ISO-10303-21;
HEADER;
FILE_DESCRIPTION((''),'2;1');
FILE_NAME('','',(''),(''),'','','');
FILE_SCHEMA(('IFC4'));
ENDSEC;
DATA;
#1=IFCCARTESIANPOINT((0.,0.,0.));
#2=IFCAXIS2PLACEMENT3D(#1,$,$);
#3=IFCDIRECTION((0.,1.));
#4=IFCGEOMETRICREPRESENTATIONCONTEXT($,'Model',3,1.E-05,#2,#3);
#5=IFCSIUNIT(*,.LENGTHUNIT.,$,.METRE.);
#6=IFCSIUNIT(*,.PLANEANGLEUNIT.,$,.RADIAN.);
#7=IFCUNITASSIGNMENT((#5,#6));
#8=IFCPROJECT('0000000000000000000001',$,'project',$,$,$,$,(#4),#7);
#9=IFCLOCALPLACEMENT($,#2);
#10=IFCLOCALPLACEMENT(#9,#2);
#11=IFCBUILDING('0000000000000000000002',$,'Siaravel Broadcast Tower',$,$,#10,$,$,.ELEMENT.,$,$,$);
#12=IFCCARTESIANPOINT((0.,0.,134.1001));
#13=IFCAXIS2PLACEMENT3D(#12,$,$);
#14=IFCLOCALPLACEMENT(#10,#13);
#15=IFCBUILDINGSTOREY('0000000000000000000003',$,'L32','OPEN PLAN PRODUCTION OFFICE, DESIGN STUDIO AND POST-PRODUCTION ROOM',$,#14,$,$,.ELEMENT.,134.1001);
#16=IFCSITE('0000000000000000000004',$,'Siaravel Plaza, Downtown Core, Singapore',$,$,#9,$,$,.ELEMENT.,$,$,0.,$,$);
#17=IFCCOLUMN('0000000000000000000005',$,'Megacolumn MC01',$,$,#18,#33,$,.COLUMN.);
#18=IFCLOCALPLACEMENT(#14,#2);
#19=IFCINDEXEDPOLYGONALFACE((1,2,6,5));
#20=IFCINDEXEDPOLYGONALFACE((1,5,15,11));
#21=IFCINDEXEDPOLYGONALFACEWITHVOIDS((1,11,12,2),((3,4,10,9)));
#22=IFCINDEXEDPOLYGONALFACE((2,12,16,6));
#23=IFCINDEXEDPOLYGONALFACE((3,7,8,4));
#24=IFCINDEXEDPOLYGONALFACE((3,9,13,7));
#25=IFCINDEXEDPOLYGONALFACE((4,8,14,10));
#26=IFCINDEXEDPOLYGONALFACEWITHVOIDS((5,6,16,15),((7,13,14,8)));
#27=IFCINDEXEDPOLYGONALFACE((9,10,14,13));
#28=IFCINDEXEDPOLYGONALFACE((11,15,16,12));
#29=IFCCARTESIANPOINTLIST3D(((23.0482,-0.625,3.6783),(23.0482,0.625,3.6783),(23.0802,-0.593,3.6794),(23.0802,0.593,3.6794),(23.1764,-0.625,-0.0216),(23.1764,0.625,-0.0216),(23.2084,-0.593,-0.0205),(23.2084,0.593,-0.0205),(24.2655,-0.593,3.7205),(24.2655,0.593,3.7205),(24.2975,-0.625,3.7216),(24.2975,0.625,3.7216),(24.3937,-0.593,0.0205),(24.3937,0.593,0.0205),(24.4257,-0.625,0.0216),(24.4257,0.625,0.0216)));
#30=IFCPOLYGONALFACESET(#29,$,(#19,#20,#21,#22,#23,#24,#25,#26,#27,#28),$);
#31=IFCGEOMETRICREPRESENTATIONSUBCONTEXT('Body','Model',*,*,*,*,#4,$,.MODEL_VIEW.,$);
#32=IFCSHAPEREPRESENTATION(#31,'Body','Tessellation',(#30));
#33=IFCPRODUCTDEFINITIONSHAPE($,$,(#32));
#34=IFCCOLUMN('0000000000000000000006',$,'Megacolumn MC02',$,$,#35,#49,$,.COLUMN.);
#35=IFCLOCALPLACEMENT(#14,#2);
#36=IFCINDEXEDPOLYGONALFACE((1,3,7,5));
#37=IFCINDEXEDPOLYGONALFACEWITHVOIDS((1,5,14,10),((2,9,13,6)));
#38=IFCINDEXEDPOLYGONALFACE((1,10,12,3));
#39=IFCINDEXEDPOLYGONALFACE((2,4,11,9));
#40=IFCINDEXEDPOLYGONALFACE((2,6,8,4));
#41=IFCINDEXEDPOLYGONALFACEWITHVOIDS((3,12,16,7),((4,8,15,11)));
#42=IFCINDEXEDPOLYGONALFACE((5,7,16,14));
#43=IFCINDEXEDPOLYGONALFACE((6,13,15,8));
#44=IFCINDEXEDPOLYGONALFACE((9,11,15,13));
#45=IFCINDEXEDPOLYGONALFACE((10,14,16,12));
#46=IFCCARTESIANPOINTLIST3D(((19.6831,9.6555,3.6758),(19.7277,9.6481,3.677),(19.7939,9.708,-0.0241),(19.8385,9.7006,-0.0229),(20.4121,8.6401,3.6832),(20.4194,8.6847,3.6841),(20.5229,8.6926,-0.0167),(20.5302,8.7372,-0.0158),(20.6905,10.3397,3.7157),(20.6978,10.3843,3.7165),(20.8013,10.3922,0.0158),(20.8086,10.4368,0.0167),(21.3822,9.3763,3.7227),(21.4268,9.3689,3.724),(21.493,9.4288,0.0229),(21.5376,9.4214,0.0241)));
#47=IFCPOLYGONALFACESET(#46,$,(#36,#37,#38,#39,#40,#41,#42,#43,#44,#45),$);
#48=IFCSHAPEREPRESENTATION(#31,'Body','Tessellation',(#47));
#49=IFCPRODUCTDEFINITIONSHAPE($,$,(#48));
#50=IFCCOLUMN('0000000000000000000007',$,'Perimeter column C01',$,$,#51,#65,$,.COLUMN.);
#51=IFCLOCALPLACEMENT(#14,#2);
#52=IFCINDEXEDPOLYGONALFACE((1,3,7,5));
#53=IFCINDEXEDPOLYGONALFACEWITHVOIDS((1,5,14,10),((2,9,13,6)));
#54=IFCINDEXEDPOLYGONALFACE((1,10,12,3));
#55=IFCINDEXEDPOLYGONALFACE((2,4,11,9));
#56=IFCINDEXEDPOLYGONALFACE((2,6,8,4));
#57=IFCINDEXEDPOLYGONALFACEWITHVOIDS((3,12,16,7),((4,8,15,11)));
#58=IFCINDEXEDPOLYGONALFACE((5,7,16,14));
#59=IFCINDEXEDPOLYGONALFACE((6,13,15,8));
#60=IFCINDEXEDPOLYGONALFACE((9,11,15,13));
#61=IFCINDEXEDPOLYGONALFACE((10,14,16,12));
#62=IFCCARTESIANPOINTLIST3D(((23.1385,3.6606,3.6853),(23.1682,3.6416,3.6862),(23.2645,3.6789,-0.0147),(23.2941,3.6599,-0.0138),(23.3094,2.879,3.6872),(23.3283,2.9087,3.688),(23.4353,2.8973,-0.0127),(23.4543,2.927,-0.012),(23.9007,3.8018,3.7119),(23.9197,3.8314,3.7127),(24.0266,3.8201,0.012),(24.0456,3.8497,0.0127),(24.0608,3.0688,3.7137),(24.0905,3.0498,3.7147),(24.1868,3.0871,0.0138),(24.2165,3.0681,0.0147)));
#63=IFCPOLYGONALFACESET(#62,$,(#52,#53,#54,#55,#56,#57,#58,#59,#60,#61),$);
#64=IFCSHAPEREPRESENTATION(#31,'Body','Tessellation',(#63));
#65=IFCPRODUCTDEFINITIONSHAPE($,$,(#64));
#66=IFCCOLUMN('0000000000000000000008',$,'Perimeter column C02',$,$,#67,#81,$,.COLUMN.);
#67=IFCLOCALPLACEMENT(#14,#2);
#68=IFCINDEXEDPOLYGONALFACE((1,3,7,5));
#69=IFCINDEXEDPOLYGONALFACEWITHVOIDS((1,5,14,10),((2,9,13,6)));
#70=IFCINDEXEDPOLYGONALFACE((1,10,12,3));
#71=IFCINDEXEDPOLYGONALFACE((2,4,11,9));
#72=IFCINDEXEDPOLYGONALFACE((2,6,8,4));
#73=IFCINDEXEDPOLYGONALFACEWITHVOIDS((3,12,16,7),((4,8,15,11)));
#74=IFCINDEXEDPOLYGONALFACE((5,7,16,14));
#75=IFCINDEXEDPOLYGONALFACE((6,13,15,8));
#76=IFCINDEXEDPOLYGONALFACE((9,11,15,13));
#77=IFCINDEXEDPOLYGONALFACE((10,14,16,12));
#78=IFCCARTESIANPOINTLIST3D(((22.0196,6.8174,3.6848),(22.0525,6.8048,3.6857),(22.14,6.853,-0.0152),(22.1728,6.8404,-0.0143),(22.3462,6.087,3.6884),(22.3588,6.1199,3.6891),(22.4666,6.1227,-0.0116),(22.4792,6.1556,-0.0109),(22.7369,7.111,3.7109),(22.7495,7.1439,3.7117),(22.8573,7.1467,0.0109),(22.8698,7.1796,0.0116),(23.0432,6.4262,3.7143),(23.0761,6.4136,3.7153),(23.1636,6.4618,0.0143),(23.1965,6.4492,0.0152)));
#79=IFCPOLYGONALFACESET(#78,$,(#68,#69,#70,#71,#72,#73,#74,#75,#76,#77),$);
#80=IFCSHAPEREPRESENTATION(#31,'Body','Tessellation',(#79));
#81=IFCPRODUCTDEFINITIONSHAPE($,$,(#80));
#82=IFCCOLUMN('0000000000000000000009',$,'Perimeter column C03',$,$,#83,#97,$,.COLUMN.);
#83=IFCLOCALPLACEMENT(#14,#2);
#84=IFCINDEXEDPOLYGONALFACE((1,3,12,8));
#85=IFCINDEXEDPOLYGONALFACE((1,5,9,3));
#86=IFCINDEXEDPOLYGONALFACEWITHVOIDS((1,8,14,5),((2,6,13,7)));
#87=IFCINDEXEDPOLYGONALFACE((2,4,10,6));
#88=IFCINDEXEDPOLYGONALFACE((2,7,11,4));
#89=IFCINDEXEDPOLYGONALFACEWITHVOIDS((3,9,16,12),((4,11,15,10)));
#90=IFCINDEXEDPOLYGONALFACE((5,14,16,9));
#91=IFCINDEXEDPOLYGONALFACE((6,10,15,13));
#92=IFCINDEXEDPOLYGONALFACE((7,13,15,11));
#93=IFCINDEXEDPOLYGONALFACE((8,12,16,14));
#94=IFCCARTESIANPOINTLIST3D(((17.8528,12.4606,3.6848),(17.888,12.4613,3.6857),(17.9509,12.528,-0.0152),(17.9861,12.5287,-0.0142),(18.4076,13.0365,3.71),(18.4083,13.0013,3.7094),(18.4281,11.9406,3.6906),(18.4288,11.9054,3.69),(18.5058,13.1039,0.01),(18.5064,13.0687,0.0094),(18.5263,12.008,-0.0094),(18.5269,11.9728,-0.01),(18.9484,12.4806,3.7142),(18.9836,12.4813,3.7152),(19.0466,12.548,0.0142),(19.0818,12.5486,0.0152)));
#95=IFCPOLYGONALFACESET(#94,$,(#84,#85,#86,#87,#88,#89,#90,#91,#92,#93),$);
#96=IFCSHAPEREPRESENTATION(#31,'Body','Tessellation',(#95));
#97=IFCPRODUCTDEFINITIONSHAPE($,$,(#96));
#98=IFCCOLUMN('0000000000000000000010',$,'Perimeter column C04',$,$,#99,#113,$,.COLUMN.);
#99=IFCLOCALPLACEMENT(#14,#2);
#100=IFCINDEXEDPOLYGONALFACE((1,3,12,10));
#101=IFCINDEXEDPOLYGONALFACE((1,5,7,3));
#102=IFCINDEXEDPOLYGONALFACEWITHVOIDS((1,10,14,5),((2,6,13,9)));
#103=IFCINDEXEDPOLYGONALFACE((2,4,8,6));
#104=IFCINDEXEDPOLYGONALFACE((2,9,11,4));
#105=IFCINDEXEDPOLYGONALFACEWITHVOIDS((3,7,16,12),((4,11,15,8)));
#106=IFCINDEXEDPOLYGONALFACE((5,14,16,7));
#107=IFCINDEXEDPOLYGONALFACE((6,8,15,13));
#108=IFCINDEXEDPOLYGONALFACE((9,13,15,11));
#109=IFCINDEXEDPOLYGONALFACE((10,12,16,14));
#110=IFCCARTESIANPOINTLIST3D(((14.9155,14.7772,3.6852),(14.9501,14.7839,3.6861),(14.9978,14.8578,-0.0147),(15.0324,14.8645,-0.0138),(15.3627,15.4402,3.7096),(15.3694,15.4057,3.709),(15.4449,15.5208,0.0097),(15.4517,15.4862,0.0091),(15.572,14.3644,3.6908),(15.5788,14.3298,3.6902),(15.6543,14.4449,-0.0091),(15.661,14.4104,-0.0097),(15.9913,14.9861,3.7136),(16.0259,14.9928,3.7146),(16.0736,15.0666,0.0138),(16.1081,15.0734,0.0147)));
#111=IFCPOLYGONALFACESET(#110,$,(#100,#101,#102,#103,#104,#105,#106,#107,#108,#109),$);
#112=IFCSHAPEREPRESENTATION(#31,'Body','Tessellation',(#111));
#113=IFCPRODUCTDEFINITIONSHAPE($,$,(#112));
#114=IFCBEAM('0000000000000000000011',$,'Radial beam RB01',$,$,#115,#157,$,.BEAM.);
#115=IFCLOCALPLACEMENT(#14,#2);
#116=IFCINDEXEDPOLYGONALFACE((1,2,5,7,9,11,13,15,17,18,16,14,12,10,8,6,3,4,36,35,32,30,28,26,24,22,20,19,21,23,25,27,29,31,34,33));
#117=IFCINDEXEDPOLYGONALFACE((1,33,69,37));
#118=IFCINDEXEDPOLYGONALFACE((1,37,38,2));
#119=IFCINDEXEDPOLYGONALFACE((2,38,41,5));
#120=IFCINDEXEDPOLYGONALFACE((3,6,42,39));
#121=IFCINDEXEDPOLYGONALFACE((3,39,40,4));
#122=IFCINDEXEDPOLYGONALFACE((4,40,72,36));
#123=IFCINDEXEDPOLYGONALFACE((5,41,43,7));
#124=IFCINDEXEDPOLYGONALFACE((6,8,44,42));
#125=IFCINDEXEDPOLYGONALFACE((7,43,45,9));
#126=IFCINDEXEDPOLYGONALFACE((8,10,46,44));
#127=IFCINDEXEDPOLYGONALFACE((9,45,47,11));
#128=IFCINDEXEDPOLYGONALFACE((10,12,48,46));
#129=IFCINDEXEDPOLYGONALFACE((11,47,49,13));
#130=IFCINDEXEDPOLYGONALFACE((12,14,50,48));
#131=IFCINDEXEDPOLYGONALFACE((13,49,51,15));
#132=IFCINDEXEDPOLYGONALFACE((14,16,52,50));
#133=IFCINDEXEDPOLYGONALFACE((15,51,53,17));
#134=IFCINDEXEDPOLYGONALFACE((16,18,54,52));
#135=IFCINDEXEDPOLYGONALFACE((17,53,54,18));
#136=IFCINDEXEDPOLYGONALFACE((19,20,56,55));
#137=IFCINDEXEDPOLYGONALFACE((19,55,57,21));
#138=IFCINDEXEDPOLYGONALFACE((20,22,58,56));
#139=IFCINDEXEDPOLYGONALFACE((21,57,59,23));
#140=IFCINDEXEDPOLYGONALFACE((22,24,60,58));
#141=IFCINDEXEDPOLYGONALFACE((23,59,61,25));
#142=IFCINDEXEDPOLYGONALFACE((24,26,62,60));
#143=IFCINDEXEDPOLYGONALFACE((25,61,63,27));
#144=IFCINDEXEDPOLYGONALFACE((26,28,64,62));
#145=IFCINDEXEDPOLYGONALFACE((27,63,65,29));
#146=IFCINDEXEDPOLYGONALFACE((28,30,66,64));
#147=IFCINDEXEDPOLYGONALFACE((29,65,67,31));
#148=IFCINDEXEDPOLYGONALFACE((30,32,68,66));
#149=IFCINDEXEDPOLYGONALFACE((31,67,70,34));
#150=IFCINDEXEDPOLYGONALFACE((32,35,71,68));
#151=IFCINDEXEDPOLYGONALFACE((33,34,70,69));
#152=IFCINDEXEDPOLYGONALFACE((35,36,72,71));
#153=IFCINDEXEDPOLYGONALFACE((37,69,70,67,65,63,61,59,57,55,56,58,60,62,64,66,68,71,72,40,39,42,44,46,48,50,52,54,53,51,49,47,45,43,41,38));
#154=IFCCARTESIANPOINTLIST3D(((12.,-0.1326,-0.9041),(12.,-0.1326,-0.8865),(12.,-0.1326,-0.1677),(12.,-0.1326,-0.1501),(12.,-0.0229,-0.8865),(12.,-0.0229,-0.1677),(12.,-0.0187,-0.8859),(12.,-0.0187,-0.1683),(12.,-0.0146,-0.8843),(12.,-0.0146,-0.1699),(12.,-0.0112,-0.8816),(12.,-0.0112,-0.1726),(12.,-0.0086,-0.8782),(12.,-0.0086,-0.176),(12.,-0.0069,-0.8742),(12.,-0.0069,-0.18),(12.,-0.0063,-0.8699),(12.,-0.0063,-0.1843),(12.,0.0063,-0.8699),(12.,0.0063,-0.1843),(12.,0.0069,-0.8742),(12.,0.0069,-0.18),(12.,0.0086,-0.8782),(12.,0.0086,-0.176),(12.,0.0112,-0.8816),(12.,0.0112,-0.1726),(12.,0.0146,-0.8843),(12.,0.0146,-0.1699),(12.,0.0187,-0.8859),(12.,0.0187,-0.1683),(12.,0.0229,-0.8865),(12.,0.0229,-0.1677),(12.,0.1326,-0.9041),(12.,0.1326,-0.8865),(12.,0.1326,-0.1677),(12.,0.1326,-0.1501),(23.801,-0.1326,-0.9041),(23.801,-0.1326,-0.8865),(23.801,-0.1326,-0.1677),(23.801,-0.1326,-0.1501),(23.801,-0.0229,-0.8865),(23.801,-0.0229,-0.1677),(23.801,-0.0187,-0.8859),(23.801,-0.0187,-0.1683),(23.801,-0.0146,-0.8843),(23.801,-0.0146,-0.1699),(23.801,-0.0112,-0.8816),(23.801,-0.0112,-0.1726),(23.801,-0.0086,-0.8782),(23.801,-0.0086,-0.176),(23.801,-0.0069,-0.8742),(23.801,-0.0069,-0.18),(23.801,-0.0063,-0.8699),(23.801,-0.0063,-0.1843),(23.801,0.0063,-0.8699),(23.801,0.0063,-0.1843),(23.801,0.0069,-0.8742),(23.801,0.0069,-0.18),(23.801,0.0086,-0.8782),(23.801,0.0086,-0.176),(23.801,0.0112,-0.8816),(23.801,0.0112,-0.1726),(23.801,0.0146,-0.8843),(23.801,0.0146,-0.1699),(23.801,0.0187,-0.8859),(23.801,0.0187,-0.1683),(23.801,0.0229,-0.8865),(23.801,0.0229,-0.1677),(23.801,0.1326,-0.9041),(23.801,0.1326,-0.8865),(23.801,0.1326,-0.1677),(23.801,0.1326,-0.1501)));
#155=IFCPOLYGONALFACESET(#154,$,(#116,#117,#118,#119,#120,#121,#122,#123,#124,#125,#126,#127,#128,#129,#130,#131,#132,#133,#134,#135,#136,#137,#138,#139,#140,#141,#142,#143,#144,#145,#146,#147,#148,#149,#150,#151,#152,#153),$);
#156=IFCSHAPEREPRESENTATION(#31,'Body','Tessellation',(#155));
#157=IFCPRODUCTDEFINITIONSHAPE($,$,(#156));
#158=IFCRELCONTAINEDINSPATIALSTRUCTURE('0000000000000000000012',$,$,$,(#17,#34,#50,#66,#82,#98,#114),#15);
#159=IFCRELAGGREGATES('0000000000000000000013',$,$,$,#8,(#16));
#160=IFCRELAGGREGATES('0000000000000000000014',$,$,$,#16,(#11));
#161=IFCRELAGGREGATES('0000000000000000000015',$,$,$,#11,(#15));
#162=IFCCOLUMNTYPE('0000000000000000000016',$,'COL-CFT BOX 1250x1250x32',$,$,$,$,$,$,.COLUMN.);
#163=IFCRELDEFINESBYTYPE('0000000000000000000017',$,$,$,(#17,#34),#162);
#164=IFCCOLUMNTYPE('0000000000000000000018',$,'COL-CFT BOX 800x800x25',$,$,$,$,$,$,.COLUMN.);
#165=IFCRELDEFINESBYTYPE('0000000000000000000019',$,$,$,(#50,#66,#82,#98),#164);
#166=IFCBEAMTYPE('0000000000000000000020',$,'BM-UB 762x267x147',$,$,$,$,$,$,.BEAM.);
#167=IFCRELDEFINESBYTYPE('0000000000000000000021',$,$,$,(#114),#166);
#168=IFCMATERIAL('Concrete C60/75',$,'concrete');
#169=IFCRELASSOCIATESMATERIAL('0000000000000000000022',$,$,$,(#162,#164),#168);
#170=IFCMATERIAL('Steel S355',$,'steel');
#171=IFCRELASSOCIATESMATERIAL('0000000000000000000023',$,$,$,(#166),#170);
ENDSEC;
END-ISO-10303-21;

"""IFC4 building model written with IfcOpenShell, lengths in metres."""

from ifc_helpers import new_model, si_unit, direction, frame, origin, origin_2d, place, context, subcontext, project, spatial, hollow_rectangle, i_section, extrude, material, material_profile, profile_set, type_object, element, save


model = new_model("IFC4")

# Units and contexts
model_context = context("Model", 3, precision=1e-05, world=origin(), true_north=direction((0.0, 1.0)))
body_context = subcontext(model_context, "Body", "Model", "MODEL_VIEW")
ifc_project = project(units=[si_unit("LENGTHUNIT", "METRE"), si_unit("PLANEANGLEUNIT", "RADIAN")], contexts=[model_context])

# Site, building, storey
site_placement = place(None, origin())
site = spatial("IfcSite", under=ifc_project, at=site_placement, Name="Siaravel Plaza, Downtown Core, Singapore", CompositionType="ELEMENT", RefElevation=0.0)
building_placement = place(site_placement, origin())
building = spatial("IfcBuilding", under=site, at=building_placement, Name="Siaravel Broadcast Tower", CompositionType="ELEMENT")
storey_placement = place(building_placement, frame((0.0, 0.0, 134.1001)))
storey = spatial("IfcBuildingStorey", under=building, at=storey_placement, Name="L32", Description="OPEN PLAN PRODUCTION OFFICE, DESIGN STUDIO AND POST-PRODUCTION ROOM", CompositionType="ELEMENT", Elevation=134.1001)

# Columns
ifc_material_1 = material(Name="Concrete C60/75", Category="concrete")
ifc_material_profile_1 = material_profile(ifc_material_1, hollow_rectangle(XDim=1.25, YDim=1.25, WallThickness=0.032, at=origin_2d()))
ifc_profile_set_1 = profile_set([ifc_material_profile_1], Name="Concrete C60/75")
column_type_1 = type_object("IfcColumnType", Name="COL-CFT BOX 1250x1250x32", PredefinedType="COLUMN", material=ifc_profile_set_1)
column_1_placement = place(storey_placement, frame((23.801, 0.0, 0.0), z_axis=(-0.034621, 0.0, 0.999401), x_axis=(0.0, -1.0, 0.0)))
element("IfcColumn", 1, at=column_1_placement, inside=storey, type_object=column_type_1, Name="Megacolumn MC01", PredefinedType="COLUMN", context=body_context, shape_type="SweptSolid", body=[
    extrude(hollow_rectangle(XDim=1.25, YDim=1.25, WallThickness=0.032, at=origin_2d()), origin(), (0.0, 0.0, 1.0), 3.7021),
])
column_2_placement = place(storey_placement, frame((20.6658, 9.5647, 0.0), z_axis=(-0.029941, -0.014179, 0.999451), x_axis=(0.583208, -0.812301, 0.005947)))
element("IfcColumn", 2, at=column_2_placement, inside=storey, type_object=column_type_1, Name="Megacolumn MC02", PredefinedType="COLUMN", context=body_context, shape_type="SweptSolid", body=[
    extrude(hollow_rectangle(XDim=1.25, YDim=1.25, WallThickness=0.032, at=origin_2d()), origin(), (0.0, 0.0, 1.0), 3.7019),
])
ifc_material_profile_2 = material_profile(ifc_material_1, hollow_rectangle(XDim=0.8, YDim=0.8, WallThickness=0.0249, at=origin_2d()))
ifc_profile_set_2 = profile_set([ifc_material_profile_2], Name="Concrete C60/75")
column_type_2 = type_object("IfcColumnType", Name="COL-CFT BOX 800x800x25", PredefinedType="COLUMN", material=ifc_profile_set_2)
for number, where, z_axis, x_axis, name in (
    (3, (23.7405, 3.3735, 0.0), (-0.034028, -0.004946, 0.999409), (0.213517, -0.976936, 0.002435), "Perimeter column C01"),
    (4, (22.6682, 6.6511, 0.0), (-0.032512, -0.009628, 0.999425), (0.408281, -0.912845, 0.004487), "Perimeter column C02"),
):
    element("IfcColumn", number, at=place(storey_placement, frame(where, z_axis=z_axis, x_axis=x_axis)), inside=storey, type_object=column_type_2, Name=name, PredefinedType="COLUMN", context=body_context, shape_type="SweptSolid", body=[
        extrude(hollow_rectangle(XDim=0.8, YDim=0.8, WallThickness=0.0249, at=origin_2d()), origin(), (0.0, 0.0, 1.0), 3.7021),
    ])
column_3_placement = place(storey_placement, frame((18.5164, 12.5383, 0.0), z_axis=(-0.026512, -0.018202, 0.999483), x_axis=(0.719972, -0.693973, 0.006459)))
element("IfcColumn", 5, at=column_3_placement, inside=storey, type_object=column_type_2, Name="Perimeter column C03", PredefinedType="COLUMN", context=body_context, shape_type="SweptSolid", body=[
    extrude(hollow_rectangle(XDim=0.8, YDim=0.8, WallThickness=0.0249, at=origin_2d()), origin(), (0.0, 0.0, 1.0), 3.7019),
])
column_4_placement = place(storey_placement, frame((15.553, 14.9656, 0.0), z_axis=(-0.022226, -0.021764, 0.999516), x_axis=(0.828965, -0.559265, 0.006256)))
element("IfcColumn", 6, at=column_4_placement, inside=storey, type_object=column_type_2, Name="Perimeter column C04", PredefinedType="COLUMN", context=body_context, shape_type="SweptSolid", body=[
    extrude(hollow_rectangle(XDim=0.8, YDim=0.8, WallThickness=0.0249, at=origin_2d()), origin(), (0.0, 0.0, 1.0), 3.7017),
])

# Beam
ifc_material_2 = material(Name="Steel S355", Category="steel")
ifc_material_profile_3 = material_profile(ifc_material_2, i_section(OverallWidth=0.2651, OverallDepth=0.7539, WebThickness=0.0127, FlangeThickness=0.0176, FilletRadius=0.0166, at=origin_2d()))
ifc_profile_set_3 = profile_set([ifc_material_profile_3], Name="Steel S355")
beam_type = type_object("IfcBeamType", Name="BM-UB 762x267x147", PredefinedType="BEAM", material=ifc_profile_set_3)
beam_1_placement = place(storey_placement, frame((23.801, 0.0, -0.5271), z_axis=(-1.0, 0.0, 0.0), x_axis=(0.0, -1.0, 0.0)))
element("IfcBeam", 7, at=beam_1_placement, inside=storey, type_object=beam_type, Name="Radial beam RB01", PredefinedType="BEAM", context=body_context, shape_type="SweptSolid", body=[
    extrude(i_section(OverallWidth=0.2651, OverallDepth=0.7539, WebThickness=0.0127, FlangeThickness=0.0176, FilletRadius=0.0166, at=origin_2d()), origin(), (0.0, 0.0, 1.0), 11.801),
])

save(model, "model.ifc")
